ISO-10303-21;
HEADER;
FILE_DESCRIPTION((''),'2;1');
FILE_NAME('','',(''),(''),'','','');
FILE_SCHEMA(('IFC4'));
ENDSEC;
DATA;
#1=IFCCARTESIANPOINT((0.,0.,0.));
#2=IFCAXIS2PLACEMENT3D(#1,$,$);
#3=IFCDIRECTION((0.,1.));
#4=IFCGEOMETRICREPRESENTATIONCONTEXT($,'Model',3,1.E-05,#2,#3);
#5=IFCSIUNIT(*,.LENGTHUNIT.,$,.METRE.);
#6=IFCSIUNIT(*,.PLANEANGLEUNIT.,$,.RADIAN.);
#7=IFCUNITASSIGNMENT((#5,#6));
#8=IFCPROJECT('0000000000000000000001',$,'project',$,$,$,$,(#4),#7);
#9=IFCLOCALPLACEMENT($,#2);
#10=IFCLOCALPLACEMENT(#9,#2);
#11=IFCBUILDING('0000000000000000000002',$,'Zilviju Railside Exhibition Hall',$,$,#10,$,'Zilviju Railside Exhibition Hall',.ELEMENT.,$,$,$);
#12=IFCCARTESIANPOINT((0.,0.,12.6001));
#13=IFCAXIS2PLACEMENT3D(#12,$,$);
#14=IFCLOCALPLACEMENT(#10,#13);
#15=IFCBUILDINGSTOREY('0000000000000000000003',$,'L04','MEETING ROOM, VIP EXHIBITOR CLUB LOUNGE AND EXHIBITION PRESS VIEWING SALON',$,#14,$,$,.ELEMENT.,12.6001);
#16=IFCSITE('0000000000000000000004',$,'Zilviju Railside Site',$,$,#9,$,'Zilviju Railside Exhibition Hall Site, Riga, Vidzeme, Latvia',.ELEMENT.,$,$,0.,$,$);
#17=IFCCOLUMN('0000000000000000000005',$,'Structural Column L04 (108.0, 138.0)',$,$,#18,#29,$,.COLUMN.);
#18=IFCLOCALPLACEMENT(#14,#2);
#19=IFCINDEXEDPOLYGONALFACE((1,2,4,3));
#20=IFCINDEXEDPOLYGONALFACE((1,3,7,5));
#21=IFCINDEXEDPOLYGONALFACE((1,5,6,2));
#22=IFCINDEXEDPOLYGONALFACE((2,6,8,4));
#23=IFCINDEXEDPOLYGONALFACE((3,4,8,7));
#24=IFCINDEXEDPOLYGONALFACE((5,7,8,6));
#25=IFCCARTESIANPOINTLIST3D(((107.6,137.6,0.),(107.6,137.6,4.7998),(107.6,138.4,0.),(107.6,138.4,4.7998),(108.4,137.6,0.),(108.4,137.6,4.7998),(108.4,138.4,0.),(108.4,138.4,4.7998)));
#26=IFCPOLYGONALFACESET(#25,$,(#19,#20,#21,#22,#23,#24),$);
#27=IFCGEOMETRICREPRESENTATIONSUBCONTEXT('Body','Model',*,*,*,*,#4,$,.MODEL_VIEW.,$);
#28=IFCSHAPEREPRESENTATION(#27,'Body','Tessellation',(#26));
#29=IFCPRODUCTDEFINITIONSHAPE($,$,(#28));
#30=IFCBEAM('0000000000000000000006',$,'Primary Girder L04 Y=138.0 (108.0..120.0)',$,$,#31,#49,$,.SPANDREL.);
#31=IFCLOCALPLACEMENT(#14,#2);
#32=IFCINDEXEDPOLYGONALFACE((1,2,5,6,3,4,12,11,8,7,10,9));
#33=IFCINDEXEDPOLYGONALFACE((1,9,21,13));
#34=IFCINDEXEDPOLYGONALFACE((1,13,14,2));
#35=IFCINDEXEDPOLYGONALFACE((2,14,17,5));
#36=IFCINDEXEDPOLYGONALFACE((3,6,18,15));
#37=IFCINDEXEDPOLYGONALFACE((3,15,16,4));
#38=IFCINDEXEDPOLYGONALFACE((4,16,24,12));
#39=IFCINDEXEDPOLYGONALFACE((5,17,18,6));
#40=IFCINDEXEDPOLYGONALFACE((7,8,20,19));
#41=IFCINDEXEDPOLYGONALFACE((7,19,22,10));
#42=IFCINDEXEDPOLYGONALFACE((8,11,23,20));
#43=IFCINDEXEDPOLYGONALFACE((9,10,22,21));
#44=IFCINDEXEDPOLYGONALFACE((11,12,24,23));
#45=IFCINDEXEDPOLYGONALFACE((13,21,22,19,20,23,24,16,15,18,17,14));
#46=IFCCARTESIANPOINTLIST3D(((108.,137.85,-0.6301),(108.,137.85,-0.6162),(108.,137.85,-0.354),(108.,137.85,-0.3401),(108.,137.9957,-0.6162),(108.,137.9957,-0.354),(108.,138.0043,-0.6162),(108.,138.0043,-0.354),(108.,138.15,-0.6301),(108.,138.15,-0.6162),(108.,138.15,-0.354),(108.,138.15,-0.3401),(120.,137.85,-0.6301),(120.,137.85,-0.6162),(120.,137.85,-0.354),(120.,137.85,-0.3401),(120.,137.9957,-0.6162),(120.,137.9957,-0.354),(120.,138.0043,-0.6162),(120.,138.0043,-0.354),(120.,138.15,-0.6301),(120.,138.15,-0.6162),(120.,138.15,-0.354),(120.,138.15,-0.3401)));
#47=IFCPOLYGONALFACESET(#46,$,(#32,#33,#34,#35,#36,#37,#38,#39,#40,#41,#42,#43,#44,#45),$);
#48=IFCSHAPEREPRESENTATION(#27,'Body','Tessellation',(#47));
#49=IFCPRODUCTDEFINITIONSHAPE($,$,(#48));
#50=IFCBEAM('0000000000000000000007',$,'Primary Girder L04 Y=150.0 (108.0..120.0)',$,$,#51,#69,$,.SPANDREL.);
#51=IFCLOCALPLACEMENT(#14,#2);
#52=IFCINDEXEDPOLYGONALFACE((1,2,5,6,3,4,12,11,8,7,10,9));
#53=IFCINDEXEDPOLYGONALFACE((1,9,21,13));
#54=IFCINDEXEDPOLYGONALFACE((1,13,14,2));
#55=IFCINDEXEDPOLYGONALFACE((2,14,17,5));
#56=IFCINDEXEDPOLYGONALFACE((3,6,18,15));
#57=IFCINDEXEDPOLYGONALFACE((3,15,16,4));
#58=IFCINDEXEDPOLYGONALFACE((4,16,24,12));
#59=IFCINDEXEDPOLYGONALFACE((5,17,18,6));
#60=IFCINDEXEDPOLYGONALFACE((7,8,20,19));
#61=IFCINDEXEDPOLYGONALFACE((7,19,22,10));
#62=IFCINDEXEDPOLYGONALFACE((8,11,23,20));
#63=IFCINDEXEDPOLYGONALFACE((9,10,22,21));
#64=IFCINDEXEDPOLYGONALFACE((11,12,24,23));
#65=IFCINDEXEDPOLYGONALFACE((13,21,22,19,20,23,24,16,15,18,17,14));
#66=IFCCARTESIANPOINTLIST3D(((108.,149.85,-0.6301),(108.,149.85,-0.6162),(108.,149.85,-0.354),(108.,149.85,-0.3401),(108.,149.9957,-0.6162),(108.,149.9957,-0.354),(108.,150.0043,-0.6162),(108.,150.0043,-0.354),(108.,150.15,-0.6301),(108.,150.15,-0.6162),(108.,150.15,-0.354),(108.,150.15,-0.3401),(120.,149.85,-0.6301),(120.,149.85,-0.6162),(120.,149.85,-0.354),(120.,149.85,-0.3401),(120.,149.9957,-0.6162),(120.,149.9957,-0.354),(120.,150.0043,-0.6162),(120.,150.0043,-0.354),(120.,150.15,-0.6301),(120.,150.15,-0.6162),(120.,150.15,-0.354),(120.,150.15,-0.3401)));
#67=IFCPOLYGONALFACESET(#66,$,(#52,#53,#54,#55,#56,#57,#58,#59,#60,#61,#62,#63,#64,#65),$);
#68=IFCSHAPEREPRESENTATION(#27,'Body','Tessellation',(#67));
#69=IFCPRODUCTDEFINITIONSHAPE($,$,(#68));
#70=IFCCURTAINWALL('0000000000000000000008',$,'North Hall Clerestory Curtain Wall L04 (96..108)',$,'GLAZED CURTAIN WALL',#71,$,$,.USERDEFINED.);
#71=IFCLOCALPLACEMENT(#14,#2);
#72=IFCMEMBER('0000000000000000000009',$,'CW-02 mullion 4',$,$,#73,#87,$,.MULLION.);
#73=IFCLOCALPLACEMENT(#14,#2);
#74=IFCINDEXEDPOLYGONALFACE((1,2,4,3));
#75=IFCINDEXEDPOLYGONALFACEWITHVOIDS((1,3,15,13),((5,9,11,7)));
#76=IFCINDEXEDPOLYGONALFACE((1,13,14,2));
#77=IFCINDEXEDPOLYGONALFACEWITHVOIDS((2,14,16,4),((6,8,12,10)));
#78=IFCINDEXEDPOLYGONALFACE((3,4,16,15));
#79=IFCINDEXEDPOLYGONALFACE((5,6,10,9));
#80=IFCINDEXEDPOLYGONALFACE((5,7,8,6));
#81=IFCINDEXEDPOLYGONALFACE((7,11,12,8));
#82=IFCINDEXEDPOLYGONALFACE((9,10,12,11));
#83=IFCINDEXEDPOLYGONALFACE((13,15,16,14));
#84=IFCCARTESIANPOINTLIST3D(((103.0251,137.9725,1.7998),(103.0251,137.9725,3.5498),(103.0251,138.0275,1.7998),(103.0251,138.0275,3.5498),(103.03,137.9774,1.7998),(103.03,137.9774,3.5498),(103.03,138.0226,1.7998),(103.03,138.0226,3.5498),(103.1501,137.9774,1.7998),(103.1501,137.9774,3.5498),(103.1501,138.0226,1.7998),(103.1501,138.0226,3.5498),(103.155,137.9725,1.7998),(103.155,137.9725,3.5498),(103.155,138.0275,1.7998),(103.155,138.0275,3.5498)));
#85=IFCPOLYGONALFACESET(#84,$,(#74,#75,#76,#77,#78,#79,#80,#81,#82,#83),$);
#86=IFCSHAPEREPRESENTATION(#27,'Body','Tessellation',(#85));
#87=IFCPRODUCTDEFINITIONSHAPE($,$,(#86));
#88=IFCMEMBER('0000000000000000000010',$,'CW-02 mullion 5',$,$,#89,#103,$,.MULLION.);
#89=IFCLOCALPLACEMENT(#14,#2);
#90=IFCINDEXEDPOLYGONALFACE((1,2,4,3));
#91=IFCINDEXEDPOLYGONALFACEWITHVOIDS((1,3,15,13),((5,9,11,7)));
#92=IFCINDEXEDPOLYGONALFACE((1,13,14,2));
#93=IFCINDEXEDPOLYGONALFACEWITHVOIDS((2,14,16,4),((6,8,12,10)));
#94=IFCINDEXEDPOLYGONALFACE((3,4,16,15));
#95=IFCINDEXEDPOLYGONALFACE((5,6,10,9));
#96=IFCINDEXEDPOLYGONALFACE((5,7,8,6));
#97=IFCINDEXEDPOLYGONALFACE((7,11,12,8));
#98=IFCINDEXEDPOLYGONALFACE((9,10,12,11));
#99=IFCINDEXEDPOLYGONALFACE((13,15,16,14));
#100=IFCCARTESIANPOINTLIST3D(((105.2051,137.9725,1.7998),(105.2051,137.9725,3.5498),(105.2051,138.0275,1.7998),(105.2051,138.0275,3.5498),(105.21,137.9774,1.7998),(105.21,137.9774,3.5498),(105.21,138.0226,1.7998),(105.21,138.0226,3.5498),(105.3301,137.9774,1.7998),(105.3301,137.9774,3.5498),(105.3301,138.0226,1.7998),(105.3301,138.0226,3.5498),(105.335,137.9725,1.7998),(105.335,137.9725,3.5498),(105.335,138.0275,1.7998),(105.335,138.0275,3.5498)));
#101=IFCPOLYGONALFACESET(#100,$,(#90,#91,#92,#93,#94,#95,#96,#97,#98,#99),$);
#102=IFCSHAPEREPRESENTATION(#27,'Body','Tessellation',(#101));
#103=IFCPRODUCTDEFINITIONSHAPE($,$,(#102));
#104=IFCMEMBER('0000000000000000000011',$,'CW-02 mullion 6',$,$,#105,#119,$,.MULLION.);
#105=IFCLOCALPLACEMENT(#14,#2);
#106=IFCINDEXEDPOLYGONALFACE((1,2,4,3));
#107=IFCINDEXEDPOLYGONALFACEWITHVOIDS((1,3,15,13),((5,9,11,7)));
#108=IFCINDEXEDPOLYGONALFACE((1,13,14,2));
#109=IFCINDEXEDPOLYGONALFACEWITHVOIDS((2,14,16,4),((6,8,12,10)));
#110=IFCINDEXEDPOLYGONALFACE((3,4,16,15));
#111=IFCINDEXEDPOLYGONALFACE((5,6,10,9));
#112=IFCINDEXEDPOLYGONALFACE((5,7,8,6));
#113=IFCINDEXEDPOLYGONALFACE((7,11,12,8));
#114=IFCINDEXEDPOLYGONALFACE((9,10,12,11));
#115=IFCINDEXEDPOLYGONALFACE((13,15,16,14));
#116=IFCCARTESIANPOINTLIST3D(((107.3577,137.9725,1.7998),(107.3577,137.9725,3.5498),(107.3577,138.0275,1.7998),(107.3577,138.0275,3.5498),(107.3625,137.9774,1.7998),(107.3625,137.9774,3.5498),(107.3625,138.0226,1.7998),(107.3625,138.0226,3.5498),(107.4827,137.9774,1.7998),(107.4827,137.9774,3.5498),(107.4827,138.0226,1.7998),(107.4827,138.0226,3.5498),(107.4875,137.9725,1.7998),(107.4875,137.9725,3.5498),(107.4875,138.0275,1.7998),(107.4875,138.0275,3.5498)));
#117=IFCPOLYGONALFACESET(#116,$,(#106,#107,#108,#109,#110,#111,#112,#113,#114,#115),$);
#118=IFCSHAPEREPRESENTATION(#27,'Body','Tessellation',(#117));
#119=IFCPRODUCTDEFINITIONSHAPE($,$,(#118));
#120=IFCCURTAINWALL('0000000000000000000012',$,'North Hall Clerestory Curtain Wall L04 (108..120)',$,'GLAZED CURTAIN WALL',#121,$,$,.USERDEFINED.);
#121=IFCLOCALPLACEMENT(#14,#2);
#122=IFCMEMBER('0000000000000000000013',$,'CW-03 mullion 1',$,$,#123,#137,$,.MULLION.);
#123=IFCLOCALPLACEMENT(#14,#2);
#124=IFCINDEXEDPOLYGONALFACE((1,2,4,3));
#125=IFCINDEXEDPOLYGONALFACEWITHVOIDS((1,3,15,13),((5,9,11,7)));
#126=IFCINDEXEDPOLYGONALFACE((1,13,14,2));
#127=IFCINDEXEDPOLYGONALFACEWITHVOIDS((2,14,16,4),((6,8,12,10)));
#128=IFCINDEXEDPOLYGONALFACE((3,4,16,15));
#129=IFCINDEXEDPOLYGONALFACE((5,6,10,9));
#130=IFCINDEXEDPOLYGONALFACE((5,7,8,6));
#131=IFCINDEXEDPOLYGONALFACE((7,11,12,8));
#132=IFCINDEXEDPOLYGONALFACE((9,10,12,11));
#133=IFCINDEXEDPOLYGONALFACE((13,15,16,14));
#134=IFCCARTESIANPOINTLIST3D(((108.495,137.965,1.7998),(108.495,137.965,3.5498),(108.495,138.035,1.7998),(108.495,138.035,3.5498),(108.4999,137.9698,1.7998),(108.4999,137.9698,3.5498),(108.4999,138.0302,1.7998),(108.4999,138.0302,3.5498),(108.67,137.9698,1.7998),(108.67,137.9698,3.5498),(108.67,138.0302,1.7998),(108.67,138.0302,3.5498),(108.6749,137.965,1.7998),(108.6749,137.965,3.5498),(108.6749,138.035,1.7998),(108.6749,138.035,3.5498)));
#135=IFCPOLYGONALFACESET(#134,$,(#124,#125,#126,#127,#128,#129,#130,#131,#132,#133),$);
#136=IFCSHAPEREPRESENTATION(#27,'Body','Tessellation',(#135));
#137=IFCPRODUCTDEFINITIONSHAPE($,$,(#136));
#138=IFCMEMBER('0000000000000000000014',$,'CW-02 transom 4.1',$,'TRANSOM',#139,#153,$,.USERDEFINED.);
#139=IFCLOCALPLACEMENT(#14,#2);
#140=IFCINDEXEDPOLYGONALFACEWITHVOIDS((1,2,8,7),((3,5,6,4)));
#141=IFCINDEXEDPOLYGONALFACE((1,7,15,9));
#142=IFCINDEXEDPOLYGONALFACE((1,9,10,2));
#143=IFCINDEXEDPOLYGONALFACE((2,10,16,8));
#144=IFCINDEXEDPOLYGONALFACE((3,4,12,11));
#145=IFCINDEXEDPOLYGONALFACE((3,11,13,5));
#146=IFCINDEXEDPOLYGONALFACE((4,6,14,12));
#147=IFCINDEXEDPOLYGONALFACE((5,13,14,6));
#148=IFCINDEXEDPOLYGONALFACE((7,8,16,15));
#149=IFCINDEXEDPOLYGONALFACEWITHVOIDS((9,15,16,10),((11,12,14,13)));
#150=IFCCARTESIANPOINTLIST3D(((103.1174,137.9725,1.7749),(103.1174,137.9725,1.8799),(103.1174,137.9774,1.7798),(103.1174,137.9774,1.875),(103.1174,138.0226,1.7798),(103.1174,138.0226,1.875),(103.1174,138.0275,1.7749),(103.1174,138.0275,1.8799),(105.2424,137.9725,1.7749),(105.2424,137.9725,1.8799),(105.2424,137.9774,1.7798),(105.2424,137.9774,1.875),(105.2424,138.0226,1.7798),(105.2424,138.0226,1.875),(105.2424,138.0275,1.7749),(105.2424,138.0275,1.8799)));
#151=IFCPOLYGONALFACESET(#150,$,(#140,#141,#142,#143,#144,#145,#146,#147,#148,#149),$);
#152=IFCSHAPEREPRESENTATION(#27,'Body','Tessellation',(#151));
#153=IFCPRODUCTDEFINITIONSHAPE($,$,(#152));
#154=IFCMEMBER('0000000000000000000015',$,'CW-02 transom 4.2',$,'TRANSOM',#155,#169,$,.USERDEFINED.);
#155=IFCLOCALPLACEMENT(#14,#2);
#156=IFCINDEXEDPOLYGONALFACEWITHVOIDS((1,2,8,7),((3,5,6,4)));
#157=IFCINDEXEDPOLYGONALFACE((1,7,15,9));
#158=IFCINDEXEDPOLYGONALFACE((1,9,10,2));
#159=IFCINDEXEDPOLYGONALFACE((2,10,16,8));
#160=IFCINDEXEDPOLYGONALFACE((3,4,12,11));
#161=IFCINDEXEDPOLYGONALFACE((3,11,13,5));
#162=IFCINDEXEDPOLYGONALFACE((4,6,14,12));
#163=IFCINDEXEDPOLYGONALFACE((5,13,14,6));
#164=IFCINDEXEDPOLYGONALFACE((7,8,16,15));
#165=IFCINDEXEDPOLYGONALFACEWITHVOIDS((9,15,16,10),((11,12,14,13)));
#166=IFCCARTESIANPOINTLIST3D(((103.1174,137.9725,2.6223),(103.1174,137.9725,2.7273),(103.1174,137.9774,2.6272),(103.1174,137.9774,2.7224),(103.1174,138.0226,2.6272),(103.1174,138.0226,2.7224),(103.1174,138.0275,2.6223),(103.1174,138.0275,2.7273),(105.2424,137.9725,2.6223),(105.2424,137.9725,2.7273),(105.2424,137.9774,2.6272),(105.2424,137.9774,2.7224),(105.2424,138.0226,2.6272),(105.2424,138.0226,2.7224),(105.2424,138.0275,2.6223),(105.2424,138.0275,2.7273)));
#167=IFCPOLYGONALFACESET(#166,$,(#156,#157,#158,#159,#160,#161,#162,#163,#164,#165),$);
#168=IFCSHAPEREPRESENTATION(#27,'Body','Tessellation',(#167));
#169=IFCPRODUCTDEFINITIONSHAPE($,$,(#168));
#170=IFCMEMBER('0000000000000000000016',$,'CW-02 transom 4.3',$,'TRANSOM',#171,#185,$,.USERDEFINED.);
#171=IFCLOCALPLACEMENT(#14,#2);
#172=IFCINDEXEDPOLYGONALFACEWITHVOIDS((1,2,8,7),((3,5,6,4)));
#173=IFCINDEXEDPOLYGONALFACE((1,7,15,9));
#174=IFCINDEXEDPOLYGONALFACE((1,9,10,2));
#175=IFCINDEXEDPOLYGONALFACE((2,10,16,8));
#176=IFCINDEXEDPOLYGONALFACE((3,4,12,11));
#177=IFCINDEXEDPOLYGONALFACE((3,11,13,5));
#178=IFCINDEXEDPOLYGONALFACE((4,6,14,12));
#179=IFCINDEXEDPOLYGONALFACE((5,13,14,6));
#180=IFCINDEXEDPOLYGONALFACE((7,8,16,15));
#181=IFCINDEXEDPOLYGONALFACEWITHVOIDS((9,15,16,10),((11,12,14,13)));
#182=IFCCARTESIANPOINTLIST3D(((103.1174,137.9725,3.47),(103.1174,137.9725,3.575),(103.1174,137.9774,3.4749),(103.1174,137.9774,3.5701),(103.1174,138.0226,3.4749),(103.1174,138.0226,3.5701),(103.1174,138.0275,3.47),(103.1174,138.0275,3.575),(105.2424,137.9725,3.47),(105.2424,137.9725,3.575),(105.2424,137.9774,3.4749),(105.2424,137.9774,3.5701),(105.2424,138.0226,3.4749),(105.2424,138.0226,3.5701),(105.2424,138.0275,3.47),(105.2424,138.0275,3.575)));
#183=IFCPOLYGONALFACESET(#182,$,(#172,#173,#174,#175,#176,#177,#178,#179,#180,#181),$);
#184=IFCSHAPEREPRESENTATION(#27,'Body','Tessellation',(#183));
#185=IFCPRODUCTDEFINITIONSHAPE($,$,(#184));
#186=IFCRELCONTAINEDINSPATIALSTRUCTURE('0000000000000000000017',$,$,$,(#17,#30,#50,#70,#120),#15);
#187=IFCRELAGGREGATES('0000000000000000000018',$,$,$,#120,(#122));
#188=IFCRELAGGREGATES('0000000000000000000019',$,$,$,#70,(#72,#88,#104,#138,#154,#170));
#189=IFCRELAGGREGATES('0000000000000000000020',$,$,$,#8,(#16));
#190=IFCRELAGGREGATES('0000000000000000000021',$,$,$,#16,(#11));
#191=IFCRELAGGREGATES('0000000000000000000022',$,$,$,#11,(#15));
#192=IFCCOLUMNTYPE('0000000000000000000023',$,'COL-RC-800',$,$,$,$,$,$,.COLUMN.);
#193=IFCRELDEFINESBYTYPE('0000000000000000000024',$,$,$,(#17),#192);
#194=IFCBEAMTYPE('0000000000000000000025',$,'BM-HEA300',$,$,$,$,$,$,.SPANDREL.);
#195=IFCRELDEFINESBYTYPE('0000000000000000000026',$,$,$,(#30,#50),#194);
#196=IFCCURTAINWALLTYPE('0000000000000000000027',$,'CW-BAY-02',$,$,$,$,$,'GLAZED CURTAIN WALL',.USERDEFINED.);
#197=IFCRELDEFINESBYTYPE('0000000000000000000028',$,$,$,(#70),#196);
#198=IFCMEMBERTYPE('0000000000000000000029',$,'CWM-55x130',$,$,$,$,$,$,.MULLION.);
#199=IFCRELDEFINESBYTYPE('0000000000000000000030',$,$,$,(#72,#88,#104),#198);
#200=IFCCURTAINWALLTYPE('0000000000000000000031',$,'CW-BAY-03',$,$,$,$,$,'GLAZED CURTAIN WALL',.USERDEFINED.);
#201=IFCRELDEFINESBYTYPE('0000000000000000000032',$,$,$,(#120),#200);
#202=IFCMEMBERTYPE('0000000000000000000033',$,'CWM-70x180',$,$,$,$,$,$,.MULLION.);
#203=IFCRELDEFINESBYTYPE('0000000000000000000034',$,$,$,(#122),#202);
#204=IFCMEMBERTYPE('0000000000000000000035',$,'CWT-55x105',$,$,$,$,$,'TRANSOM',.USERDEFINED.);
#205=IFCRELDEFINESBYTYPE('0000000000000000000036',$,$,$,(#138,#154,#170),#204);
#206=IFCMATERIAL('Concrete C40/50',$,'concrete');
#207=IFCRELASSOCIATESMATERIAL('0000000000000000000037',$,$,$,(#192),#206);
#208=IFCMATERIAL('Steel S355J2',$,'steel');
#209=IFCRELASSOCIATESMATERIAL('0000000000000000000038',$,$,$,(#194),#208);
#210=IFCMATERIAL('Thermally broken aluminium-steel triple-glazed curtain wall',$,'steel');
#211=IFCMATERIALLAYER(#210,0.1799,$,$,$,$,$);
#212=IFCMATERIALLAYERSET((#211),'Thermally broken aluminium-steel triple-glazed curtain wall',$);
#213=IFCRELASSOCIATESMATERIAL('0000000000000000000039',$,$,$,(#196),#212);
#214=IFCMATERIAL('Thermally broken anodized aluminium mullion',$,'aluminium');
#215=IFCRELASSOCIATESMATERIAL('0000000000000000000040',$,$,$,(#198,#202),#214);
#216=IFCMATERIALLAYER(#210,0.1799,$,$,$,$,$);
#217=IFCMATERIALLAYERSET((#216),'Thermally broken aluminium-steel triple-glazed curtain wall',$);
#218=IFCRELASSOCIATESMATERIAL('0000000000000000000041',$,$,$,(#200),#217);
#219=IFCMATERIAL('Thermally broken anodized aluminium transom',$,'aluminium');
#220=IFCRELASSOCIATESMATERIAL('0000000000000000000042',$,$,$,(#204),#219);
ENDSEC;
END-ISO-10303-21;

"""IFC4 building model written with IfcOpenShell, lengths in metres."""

from ifc_helpers import new_model, si_unit, direction, frame, origin, origin_2d, place, context, subcontext, project, spatial, rectangle, hollow_rectangle, i_section, extrude, material, layer, layer_set, material_profile, profile_set, type_object, element, aggregate, save


model = new_model("IFC4")

# Units and contexts
model_context = context("Model", 3, precision=1e-05, world=origin(), true_north=direction((0.0, 1.0)))
body_context = subcontext(model_context, "Body", "Model", "MODEL_VIEW")
ifc_project = project(units=[si_unit("LENGTHUNIT", "METRE"), si_unit("PLANEANGLEUNIT", "RADIAN")], contexts=[model_context])

# Site, building, storey
site_placement = place(None, origin())
site = spatial("IfcSite", under=ifc_project, at=site_placement, Name="Zilviju Railside Site", LongName="Zilviju Railside Exhibition Hall Site, Riga, Vidzeme, Latvia", CompositionType="ELEMENT", RefElevation=0.0)
building_placement = place(site_placement, origin())
building = spatial("IfcBuilding", under=site, at=building_placement, Name="Zilviju Railside Exhibition Hall", LongName="Zilviju Railside Exhibition Hall", CompositionType="ELEMENT")
storey_placement = place(building_placement, frame((0.0, 0.0, 12.6001)))
storey = spatial("IfcBuildingStorey", under=building, at=storey_placement, Name="L04", Description="MEETING ROOM, VIP EXHIBITOR CLUB LOUNGE AND EXHIBITION PRESS VIEWING SALON", CompositionType="ELEMENT", Elevation=12.6001)

# Column
ifc_material_1 = material(Name="Concrete C40/50", Category="concrete")
ifc_material_profile_1 = material_profile(ifc_material_1, rectangle(XDim=0.8, YDim=0.8, at=origin_2d()), Name="RC COL 800x800")
ifc_profile_set_1 = profile_set([ifc_material_profile_1], Name="Concrete C40/50")
column_type = type_object("IfcColumnType", Name="COL-RC-800", PredefinedType="COLUMN", material=ifc_profile_set_1)
column_placement = place(storey_placement, frame((108.0, 138.0, 0.0), z_axis=(0.0, 0.0, 1.0), x_axis=(1.0, 0.0, 0.0)))
element("IfcColumn", 1, at=column_placement, inside=storey, type_object=column_type, Name="Structural Column L04 (108.0, 138.0)", PredefinedType="COLUMN", context=body_context, shape_type="SweptSolid", body=[
    extrude(rectangle(XDim=0.8, YDim=0.8, at=origin_2d()), origin(), (0.0, 0.0, 1.0), 4.7998),
])

# Beams
ifc_material_2 = material(Name="Steel S355J2", Category="steel")
ifc_material_profile_2 = material_profile(ifc_material_2, i_section(OverallWidth=0.3, OverallDepth=0.29, WebThickness=0.0085, FlangeThickness=0.0139, at=origin_2d()), Name="HEA 300")
ifc_profile_set_2 = profile_set([ifc_material_profile_2], Name="Steel S355J2")
beam_type = type_object("IfcBeamType", Name="BM-HEA300", PredefinedType="SPANDREL", material=ifc_profile_set_2)
for number, where, z_axis, x_axis, name in (
    (2, (108.0, 138.0, -0.4851), (1.0, 0.0, 0.0), (0.0, 1.0, 0.0), "Primary Girder L04 Y=138.0 (108.0..120.0)"),
    (3, (108.0, 150.0, -0.4851), (1.0, 0.0, 0.0), (0.0, 1.0, 0.0), "Primary Girder L04 Y=150.0 (108.0..120.0)"),
):
    element("IfcBeam", number, at=place(storey_placement, frame(where, z_axis=z_axis, x_axis=x_axis)), inside=storey, type_object=beam_type, Name=name, PredefinedType="SPANDREL", context=body_context, shape_type="SweptSolid", body=[
        extrude(i_section(OverallWidth=0.3, OverallDepth=0.29, WebThickness=0.0085, FlangeThickness=0.0139, at=origin_2d()), origin(), (0.0, 0.0, 1.0), 12.0),
    ])

# Curtain wall, members
ifc_material_3 = material(Name="Thermally broken aluminium-steel triple-glazed curtain wall", Category="steel")
ifc_layer_1 = layer(ifc_material_3, 0.1799)
ifc_layer_set_1 = layer_set([ifc_layer_1], Name="Thermally broken aluminium-steel triple-glazed curtain wall")
curtain_wall_type_1 = type_object("IfcCurtainWallType", Name="CW-BAY-02", ElementType="GLAZED CURTAIN WALL", PredefinedType="USERDEFINED", material=ifc_layer_set_1)
curtain_wall_1_placement = place(storey_placement, origin())
curtain_wall_1 = element("IfcCurtainWall", 4, at=curtain_wall_1_placement, inside=storey, type_object=curtain_wall_type_1, Name="North Hall Clerestory Curtain Wall L04 (96..108)", ObjectType="GLAZED CURTAIN WALL", PredefinedType="USERDEFINED")
ifc_material_4 = material(Name="Thermally broken anodized aluminium mullion", Category="aluminium")
ifc_material_profile_3 = material_profile(ifc_material_4, hollow_rectangle(XDim=0.0549, YDim=0.1299, WallThickness=0.0049, at=origin_2d()), Name="MULLION 130x55x5")
ifc_profile_set_3 = profile_set([ifc_material_profile_3], Name="Thermally broken anodized aluminium mullion")
member_type_1 = type_object("IfcMemberType", Name="CWM-55x130", PredefinedType="MULLION", material=ifc_profile_set_3)
member_1_placement = place(storey_placement, frame((103.0901, 138.0, 1.7998), z_axis=(0.0, 0.0, 1.0), x_axis=(0.0, 1.0, 0.0)))
member_1 = element("IfcMember", 5, at=member_1_placement, type_object=member_type_1, Name="CW-02 mullion 4", PredefinedType="MULLION", context=body_context, shape_type="SweptSolid", body=[
    extrude(hollow_rectangle(XDim=0.0549, YDim=0.1299, WallThickness=0.0049, at=origin_2d()), origin(), (0.0, 0.0, 1.0), 1.75),
])
member_2_placement = place(storey_placement, frame((105.27, 138.0, 1.7998), z_axis=(0.0, 0.0, 1.0), x_axis=(0.0, 1.0, 0.0)))
member_2 = element("IfcMember", 6, at=member_2_placement, type_object=member_type_1, Name="CW-02 mullion 5", PredefinedType="MULLION", context=body_context, shape_type="SweptSolid", body=[
    extrude(hollow_rectangle(XDim=0.0549, YDim=0.1299, WallThickness=0.0049, at=origin_2d()), origin(), (0.0, 0.0, 1.0), 1.75),
])
member_3_placement = place(storey_placement, frame((107.4226, 138.0, 1.7998), z_axis=(0.0, 0.0, 1.0), x_axis=(0.0, 1.0, 0.0)))
member_3 = element("IfcMember", 7, at=member_3_placement, type_object=member_type_1, Name="CW-02 mullion 6", PredefinedType="MULLION", context=body_context, shape_type="SweptSolid", body=[
    extrude(hollow_rectangle(XDim=0.0549, YDim=0.1299, WallThickness=0.0049, at=origin_2d()), origin(), (0.0, 0.0, 1.0), 1.75),
])

# Curtain wall, member
ifc_layer_2 = layer(ifc_material_3, 0.1799)
ifc_layer_set_2 = layer_set([ifc_layer_2], Name="Thermally broken aluminium-steel triple-glazed curtain wall")
curtain_wall_type_2 = type_object("IfcCurtainWallType", Name="CW-BAY-03", ElementType="GLAZED CURTAIN WALL", PredefinedType="USERDEFINED", material=ifc_layer_set_2)
curtain_wall_2_placement = place(storey_placement, origin())
curtain_wall_2 = element("IfcCurtainWall", 8, at=curtain_wall_2_placement, inside=storey, type_object=curtain_wall_type_2, Name="North Hall Clerestory Curtain Wall L04 (108..120)", ObjectType="GLAZED CURTAIN WALL", PredefinedType="USERDEFINED")
ifc_material_profile_4 = material_profile(ifc_material_4, hollow_rectangle(XDim=0.0701, YDim=0.1799, WallThickness=0.0049, at=origin_2d()), Name="MULLION 180x70x5")
ifc_profile_set_4 = profile_set([ifc_material_profile_4], Name="Thermally broken anodized aluminium mullion")
member_type_2 = type_object("IfcMemberType", Name="CWM-70x180", PredefinedType="MULLION", material=ifc_profile_set_4)
member_4_placement = place(storey_placement, frame((108.585, 138.0, 1.7998), z_axis=(0.0, 0.0, 1.0), x_axis=(0.0, 1.0, 0.0)))
member_4 = element("IfcMember", 9, at=member_4_placement, type_object=member_type_2, Name="CW-03 mullion 1", PredefinedType="MULLION", context=body_context, shape_type="SweptSolid", body=[
    extrude(hollow_rectangle(XDim=0.0701, YDim=0.1799, WallThickness=0.0049, at=origin_2d()), origin(), (0.0, 0.0, 1.0), 1.75),
])

# Members
ifc_material_5 = material(Name="Thermally broken anodized aluminium transom", Category="aluminium")
ifc_material_profile_5 = material_profile(ifc_material_5, hollow_rectangle(XDim=0.0549, YDim=0.105, WallThickness=0.0049, at=origin_2d()), Name="TRANSOM 105x55x5")
ifc_profile_set_5 = profile_set([ifc_material_profile_5], Name="Thermally broken anodized aluminium transom")
member_type_3 = type_object("IfcMemberType", Name="CWT-55x105", ElementType="TRANSOM", PredefinedType="USERDEFINED", material=ifc_profile_set_5)
member_5_placement = place(storey_placement, frame((103.1174, 138.0, 1.8274), z_axis=(1.0, 0.0, 0.0), x_axis=(0.0, 1.0, 0.0)))
member_5 = element("IfcMember", 10, at=member_5_placement, type_object=member_type_3, Name="CW-02 transom 4.1", ObjectType="TRANSOM", PredefinedType="USERDEFINED", context=body_context, shape_type="SweptSolid", body=[
    extrude(hollow_rectangle(XDim=0.0549, YDim=0.105, WallThickness=0.0049, at=origin_2d()), origin(), (0.0, 0.0, 1.0), 2.125),
])
member_6_placement = place(storey_placement, frame((103.1174, 138.0, 2.6748), z_axis=(1.0, 0.0, 0.0), x_axis=(0.0, 1.0, 0.0)))
member_6 = element("IfcMember", 11, at=member_6_placement, type_object=member_type_3, Name="CW-02 transom 4.2", ObjectType="TRANSOM", PredefinedType="USERDEFINED", context=body_context, shape_type="SweptSolid", body=[
    extrude(hollow_rectangle(XDim=0.0549, YDim=0.105, WallThickness=0.0049, at=origin_2d()), origin(), (0.0, 0.0, 1.0), 2.125),
])
member_7_placement = place(storey_placement, frame((103.1174, 138.0, 3.5225), z_axis=(1.0, 0.0, 0.0), x_axis=(0.0, 1.0, 0.0)))
member_7 = element("IfcMember", 12, at=member_7_placement, type_object=member_type_3, Name="CW-02 transom 4.3", ObjectType="TRANSOM", PredefinedType="USERDEFINED", context=body_context, shape_type="SweptSolid", body=[
    extrude(hollow_rectangle(XDim=0.0549, YDim=0.105, WallThickness=0.0049, at=origin_2d()), origin(), (0.0, 0.0, 1.0), 2.125),
])
aggregate(curtain_wall_2, [member_4])

aggregate(curtain_wall_1, [member_1, member_2, member_3, member_5, member_6, member_7])

save(model, "model.ifc")
